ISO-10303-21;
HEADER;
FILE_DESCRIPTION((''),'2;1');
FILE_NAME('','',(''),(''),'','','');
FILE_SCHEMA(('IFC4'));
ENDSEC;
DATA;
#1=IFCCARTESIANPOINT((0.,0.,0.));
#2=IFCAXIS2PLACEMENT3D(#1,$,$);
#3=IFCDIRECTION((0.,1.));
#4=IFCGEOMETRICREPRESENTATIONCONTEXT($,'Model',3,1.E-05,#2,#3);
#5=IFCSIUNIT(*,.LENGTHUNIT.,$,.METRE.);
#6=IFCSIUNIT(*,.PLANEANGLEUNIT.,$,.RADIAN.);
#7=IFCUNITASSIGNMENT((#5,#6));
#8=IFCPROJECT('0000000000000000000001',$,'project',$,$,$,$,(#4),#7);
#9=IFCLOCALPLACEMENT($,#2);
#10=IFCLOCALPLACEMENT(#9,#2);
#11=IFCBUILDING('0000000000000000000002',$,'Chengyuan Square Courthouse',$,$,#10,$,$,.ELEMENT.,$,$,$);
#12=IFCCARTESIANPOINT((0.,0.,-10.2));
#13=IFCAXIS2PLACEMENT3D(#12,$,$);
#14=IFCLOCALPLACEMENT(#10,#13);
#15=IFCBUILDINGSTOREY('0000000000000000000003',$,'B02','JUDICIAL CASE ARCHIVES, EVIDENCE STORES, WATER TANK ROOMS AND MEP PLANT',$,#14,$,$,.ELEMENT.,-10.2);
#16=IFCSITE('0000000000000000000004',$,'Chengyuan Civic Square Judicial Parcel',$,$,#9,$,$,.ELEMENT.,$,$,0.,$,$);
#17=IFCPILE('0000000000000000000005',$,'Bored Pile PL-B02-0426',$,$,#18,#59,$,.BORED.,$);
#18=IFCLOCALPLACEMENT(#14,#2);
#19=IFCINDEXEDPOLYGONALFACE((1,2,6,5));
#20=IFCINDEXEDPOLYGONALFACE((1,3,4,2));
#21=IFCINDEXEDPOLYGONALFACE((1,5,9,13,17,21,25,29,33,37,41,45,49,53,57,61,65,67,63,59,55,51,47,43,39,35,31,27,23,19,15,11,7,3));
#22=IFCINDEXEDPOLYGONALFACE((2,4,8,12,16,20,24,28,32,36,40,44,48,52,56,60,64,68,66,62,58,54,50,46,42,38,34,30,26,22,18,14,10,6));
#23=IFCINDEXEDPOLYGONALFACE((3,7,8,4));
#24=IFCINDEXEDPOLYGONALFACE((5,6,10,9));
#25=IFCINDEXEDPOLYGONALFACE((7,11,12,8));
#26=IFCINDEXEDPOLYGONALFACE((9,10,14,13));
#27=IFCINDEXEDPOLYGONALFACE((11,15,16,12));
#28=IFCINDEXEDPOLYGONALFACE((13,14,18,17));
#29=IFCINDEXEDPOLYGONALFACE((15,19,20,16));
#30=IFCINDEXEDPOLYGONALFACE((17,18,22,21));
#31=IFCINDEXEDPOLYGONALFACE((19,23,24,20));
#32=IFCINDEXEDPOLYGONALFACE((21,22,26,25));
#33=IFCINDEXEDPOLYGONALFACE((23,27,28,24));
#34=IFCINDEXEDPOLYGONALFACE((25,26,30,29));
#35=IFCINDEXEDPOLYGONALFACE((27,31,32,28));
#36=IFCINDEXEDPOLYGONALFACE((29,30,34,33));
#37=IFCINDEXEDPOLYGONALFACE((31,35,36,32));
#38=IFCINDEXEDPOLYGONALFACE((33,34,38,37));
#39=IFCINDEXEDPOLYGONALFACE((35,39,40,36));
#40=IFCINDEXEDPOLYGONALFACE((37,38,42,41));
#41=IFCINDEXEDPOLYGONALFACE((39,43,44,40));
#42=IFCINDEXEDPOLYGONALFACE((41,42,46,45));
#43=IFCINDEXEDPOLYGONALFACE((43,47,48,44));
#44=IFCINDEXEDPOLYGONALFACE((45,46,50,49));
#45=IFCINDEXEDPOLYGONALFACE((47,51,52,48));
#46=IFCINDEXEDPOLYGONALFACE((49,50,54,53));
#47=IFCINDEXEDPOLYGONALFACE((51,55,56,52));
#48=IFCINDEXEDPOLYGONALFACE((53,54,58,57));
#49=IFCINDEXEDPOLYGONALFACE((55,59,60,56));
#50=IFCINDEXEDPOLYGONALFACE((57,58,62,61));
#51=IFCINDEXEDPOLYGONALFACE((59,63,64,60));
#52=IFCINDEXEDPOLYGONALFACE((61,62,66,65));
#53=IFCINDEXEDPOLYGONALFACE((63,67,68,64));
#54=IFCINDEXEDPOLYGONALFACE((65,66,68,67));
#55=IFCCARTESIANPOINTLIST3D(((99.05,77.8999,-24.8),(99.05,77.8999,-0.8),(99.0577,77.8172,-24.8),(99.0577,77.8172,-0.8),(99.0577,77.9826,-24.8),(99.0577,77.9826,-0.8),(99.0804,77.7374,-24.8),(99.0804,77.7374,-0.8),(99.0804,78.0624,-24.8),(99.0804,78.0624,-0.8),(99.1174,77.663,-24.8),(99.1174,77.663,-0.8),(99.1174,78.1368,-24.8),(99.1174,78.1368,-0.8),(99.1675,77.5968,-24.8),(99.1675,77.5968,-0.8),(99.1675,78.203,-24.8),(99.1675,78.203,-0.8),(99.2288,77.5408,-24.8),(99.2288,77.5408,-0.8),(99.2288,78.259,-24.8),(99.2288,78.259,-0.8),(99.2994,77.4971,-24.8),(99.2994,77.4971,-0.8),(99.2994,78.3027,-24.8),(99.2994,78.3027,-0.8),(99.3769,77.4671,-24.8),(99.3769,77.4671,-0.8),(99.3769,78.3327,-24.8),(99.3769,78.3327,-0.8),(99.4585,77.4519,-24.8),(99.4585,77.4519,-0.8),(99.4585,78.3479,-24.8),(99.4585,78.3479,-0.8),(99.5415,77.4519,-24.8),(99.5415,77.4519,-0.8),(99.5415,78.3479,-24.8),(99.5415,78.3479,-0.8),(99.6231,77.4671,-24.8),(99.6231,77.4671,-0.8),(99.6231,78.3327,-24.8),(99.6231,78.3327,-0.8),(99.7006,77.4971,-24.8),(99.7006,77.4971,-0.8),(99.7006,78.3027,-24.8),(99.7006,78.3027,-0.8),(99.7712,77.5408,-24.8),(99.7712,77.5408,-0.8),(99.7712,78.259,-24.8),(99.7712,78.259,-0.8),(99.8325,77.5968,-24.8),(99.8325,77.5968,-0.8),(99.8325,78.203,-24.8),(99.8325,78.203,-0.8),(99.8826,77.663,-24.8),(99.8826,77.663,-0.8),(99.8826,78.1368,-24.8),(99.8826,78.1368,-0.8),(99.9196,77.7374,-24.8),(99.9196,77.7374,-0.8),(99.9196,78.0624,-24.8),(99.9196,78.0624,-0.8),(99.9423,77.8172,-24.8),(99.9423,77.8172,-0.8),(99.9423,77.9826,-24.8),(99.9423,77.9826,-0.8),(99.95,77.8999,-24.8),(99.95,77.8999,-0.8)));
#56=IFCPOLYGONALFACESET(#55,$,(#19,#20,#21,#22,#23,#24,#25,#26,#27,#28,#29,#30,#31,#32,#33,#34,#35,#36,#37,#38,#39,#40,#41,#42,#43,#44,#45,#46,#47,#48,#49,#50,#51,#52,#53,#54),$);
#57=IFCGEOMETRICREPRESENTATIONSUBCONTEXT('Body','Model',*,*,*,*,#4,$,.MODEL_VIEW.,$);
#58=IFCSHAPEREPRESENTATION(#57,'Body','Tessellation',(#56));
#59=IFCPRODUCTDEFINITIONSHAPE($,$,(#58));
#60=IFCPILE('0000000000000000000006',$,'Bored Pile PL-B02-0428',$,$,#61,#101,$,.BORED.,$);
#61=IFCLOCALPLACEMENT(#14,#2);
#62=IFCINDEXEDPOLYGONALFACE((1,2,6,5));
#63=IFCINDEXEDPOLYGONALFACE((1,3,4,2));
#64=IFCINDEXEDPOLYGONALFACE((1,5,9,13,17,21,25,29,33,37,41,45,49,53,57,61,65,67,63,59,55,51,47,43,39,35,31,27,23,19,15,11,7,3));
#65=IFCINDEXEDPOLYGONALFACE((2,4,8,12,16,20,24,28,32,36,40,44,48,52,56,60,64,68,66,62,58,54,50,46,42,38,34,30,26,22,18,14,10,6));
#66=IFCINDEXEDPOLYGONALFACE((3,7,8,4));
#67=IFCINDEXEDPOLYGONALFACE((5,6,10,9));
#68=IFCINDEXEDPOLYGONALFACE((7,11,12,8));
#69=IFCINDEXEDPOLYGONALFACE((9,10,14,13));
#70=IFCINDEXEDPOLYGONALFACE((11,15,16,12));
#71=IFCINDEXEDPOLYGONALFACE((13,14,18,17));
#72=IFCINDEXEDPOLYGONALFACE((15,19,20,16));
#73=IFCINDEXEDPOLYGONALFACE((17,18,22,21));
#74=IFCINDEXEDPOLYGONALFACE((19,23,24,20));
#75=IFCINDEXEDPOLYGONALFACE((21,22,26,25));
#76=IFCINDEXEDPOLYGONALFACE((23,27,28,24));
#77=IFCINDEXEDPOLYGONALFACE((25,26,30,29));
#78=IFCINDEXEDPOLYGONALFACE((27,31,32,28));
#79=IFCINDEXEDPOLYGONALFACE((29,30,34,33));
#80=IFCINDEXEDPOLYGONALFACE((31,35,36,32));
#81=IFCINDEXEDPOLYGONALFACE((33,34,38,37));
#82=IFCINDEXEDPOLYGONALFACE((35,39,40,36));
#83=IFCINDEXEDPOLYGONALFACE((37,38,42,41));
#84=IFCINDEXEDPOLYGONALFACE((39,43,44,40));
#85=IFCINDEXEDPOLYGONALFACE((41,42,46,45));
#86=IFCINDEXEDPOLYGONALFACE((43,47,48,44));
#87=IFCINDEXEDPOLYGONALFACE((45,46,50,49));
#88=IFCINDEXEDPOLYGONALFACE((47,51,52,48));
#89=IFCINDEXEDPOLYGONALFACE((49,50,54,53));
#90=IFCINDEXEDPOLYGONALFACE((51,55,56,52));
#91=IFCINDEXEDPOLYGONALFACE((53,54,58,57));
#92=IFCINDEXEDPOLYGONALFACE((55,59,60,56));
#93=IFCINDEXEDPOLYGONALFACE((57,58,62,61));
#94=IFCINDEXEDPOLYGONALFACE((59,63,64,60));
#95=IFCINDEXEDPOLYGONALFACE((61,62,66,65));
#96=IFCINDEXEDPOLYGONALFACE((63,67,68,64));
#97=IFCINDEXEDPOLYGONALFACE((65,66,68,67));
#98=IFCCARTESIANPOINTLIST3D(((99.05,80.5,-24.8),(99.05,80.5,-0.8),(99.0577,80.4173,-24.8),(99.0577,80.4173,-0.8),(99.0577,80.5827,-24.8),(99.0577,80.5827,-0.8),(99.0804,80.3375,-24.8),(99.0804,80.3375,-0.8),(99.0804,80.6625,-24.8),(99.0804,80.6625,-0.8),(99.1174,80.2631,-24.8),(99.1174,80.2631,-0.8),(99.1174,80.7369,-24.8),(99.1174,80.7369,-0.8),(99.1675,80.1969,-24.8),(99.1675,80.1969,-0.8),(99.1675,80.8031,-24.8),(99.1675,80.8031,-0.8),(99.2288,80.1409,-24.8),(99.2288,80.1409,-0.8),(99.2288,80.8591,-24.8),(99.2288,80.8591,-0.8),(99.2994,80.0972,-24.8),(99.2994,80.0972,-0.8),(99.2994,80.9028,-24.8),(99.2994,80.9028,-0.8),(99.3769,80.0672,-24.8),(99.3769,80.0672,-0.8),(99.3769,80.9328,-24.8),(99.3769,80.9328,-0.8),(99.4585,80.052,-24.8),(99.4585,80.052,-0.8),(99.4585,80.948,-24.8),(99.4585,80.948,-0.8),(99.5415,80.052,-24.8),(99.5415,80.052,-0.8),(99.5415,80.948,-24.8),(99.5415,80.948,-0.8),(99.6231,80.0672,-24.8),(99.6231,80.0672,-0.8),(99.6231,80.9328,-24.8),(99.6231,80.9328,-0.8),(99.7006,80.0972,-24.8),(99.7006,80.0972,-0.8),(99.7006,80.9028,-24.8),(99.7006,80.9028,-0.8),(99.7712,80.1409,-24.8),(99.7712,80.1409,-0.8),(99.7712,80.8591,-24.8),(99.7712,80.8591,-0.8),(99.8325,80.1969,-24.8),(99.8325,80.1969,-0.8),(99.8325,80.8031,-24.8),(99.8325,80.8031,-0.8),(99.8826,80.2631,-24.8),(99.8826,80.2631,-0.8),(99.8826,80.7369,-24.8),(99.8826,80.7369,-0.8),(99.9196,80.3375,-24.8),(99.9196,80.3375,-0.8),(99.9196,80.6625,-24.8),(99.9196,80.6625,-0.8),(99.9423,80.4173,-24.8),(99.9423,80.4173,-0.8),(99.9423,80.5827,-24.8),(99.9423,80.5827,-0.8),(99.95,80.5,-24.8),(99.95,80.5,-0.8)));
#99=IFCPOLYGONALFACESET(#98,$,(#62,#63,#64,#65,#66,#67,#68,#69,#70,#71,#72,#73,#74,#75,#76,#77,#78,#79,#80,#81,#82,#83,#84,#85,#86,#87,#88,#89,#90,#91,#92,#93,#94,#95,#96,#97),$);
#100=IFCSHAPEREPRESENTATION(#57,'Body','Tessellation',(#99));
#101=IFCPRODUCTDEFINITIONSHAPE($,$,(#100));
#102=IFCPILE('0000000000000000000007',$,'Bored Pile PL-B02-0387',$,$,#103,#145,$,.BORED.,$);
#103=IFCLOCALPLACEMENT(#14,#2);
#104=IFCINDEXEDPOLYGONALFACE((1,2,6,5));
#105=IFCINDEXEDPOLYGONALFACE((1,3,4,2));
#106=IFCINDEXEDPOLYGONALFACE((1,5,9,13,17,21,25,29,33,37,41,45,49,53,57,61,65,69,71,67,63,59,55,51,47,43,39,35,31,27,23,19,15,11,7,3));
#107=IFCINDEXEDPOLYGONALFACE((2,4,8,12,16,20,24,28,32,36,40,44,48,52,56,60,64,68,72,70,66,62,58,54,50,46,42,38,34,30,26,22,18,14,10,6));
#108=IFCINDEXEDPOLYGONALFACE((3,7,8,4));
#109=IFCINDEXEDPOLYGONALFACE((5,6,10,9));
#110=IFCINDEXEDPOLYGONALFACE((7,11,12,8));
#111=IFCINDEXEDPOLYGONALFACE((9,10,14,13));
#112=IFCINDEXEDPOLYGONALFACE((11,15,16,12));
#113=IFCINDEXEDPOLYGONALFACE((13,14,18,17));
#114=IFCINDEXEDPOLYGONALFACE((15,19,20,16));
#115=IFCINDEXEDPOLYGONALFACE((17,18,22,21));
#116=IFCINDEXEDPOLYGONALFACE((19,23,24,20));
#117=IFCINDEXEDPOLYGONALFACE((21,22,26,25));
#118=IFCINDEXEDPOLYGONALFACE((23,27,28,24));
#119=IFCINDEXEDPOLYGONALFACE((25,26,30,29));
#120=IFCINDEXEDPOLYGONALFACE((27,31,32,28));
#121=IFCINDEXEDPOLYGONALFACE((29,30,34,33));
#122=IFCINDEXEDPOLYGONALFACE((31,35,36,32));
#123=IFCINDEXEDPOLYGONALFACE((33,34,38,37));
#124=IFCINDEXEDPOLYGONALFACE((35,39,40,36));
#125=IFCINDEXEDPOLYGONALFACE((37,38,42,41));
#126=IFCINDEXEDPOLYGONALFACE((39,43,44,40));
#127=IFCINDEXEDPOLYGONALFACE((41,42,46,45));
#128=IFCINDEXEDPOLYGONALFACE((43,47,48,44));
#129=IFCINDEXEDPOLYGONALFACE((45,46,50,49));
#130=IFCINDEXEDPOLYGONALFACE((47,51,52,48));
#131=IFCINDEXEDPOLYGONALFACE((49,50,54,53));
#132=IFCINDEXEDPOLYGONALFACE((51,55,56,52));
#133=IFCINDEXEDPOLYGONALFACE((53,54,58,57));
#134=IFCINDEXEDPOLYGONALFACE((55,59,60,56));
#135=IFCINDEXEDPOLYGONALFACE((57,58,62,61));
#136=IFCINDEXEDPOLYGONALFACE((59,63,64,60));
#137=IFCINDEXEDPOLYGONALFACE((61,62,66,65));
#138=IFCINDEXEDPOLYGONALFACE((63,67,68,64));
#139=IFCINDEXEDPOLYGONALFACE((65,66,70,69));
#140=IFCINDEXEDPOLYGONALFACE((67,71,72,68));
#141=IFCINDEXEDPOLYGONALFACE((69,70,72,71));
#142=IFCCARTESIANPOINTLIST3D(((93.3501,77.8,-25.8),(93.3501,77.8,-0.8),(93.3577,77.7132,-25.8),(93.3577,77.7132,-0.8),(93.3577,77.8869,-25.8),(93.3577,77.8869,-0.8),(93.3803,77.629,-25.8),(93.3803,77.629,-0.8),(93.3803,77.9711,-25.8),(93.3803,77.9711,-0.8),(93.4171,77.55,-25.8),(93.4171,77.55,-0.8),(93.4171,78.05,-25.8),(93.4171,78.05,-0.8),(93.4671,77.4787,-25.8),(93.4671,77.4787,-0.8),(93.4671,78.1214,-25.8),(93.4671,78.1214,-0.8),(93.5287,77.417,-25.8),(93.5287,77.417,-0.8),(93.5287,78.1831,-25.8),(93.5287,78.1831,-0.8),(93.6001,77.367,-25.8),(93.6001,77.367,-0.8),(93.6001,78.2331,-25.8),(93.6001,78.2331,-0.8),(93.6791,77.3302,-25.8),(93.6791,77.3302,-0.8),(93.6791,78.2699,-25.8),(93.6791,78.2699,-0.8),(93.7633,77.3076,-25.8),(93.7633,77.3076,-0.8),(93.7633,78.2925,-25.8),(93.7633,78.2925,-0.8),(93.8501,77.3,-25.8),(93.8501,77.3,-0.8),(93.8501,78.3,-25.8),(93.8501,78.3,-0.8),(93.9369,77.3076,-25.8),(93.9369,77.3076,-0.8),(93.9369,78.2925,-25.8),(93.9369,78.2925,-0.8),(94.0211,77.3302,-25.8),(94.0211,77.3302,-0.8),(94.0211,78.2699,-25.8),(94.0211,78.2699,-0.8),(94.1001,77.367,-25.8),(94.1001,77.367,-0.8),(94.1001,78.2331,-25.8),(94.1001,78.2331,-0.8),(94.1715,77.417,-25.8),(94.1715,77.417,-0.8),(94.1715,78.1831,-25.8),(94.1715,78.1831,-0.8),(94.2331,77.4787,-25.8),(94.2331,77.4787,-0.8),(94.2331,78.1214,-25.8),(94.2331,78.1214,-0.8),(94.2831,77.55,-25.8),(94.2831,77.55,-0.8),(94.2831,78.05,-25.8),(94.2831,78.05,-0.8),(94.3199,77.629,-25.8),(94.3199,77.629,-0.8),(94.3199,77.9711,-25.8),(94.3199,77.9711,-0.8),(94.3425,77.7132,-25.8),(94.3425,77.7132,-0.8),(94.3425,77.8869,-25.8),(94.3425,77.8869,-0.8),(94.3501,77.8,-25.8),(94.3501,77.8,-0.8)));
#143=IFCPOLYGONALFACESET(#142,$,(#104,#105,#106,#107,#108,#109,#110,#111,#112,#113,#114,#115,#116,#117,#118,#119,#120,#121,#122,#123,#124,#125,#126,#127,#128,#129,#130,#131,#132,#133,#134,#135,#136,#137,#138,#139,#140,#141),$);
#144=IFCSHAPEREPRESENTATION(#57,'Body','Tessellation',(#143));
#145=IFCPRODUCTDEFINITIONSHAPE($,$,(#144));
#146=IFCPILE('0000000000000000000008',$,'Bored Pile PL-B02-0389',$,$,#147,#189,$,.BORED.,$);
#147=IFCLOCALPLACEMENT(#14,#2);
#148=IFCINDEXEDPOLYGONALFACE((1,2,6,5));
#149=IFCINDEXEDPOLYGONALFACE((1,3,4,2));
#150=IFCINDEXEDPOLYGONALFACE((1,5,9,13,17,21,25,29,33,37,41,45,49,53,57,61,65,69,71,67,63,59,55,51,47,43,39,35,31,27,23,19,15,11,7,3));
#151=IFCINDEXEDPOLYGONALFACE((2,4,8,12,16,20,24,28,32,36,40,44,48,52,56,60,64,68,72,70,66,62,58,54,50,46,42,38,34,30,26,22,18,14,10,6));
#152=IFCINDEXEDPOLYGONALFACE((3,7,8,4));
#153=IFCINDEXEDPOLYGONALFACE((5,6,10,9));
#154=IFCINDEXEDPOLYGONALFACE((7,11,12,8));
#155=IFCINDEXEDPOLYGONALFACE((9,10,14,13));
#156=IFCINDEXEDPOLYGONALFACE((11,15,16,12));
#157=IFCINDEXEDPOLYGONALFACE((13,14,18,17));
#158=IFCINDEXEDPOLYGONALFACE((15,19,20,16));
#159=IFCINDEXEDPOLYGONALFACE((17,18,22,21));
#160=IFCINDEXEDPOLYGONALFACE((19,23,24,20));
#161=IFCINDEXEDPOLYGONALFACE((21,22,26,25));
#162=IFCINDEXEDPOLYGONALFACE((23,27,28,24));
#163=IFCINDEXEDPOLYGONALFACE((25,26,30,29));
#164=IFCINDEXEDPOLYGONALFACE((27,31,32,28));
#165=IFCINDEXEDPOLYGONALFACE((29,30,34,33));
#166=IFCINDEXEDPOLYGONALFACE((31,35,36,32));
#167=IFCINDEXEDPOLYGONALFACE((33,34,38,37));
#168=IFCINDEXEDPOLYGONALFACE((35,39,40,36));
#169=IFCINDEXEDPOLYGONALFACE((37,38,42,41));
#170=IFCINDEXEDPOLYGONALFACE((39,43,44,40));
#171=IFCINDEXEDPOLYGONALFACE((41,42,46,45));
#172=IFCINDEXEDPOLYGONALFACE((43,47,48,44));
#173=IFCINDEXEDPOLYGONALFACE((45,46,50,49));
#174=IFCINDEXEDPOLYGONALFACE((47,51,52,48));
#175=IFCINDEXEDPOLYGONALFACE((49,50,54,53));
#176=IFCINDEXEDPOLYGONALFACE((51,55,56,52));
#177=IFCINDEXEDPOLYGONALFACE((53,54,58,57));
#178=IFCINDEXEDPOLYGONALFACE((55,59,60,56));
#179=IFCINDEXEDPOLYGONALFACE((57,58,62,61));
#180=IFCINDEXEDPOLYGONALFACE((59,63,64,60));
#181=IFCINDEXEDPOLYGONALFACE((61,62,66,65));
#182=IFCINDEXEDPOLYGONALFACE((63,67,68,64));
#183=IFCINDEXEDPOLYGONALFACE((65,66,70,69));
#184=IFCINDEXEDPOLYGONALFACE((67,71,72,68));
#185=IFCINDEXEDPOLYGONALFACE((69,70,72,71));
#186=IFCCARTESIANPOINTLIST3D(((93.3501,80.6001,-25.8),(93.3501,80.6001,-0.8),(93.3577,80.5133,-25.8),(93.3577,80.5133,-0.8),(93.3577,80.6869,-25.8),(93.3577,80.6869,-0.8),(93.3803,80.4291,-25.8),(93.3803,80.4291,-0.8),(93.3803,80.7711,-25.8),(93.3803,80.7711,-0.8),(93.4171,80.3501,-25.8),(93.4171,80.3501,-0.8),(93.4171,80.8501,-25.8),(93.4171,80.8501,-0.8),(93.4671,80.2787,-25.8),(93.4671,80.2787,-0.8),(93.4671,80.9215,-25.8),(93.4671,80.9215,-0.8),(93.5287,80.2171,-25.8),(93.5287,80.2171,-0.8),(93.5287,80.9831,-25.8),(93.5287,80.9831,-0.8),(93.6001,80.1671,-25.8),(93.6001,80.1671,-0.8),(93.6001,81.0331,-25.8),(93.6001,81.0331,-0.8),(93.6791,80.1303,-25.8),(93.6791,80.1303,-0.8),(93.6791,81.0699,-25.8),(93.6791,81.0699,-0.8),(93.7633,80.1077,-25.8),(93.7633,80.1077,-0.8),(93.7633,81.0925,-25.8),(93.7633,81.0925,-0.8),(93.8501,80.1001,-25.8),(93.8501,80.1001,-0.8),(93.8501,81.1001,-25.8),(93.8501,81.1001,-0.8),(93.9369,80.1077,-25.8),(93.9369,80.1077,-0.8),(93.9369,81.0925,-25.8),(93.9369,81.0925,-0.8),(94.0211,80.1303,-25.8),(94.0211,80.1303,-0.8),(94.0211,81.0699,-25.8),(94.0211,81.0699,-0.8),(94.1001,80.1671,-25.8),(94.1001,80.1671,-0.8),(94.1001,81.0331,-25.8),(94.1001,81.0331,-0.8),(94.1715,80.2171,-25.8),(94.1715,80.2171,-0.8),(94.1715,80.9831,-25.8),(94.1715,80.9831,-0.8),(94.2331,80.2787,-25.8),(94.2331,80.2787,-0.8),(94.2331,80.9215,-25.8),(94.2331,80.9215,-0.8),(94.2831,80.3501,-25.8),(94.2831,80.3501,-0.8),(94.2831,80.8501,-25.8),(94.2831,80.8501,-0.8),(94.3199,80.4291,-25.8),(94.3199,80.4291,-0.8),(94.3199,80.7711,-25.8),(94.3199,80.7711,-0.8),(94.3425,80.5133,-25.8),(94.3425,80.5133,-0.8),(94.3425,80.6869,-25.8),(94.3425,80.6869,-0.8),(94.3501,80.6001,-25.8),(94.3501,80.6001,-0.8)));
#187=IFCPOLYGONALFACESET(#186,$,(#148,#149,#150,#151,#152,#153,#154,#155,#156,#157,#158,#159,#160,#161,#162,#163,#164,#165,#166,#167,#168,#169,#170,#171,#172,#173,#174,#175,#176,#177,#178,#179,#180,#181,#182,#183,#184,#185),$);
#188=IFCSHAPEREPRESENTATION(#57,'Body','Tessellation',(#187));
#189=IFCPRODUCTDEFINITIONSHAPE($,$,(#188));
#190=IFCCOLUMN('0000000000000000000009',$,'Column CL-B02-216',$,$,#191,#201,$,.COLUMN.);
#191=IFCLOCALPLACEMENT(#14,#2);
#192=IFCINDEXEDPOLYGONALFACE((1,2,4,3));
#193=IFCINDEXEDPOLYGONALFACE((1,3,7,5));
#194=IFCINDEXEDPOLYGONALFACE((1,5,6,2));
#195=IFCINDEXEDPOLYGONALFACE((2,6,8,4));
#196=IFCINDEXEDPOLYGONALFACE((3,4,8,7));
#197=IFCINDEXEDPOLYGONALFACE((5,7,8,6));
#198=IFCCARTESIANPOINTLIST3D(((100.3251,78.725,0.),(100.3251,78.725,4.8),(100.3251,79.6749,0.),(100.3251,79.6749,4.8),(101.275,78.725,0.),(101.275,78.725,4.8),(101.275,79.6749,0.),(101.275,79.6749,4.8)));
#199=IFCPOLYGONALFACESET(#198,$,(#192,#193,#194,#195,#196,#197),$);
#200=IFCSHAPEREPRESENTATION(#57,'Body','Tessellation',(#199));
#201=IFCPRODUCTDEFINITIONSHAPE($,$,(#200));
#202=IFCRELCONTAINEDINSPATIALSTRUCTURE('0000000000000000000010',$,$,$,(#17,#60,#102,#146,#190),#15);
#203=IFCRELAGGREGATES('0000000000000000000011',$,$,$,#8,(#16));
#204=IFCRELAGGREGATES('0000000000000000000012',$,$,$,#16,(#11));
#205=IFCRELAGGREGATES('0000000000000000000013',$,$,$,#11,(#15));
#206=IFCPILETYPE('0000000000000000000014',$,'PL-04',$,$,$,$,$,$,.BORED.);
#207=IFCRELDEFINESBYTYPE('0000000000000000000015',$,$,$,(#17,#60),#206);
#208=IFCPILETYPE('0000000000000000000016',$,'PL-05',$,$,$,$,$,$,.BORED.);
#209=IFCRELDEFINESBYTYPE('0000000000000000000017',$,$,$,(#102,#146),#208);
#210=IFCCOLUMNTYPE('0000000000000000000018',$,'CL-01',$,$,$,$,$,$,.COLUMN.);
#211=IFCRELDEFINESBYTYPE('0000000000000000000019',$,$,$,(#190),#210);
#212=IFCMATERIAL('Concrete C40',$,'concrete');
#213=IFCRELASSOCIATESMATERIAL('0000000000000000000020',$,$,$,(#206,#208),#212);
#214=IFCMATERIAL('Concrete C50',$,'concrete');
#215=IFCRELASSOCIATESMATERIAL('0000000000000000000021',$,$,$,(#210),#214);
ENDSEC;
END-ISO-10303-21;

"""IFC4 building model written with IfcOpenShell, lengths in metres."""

from ifc_helpers import new_model, si_unit, direction, frame, origin, origin_2d, place, context, subcontext, project, spatial, rectangle, circle, extrude, material, material_profile, profile_set, type_object, element, save


model = new_model("IFC4")

# Units and contexts
model_context = context("Model", 3, precision=1e-05, world=origin(), true_north=direction((0.0, 1.0)))
body_context = subcontext(model_context, "Body", "Model", "MODEL_VIEW")
ifc_project = project(units=[si_unit("LENGTHUNIT", "METRE"), si_unit("PLANEANGLEUNIT", "RADIAN")], contexts=[model_context])

# Site, building, storey
site_placement = place(None, origin())
site = spatial("IfcSite", under=ifc_project, at=site_placement, Name="Chengyuan Civic Square Judicial Parcel", CompositionType="ELEMENT", RefElevation=0.0)
building_placement = place(site_placement, origin())
building = spatial("IfcBuilding", under=site, at=building_placement, Name="Chengyuan Square Courthouse", CompositionType="ELEMENT")
storey_placement = place(building_placement, frame((0.0, 0.0, -10.2)))
storey = spatial("IfcBuildingStorey", under=building, at=storey_placement, Name="B02", Description="JUDICIAL CASE ARCHIVES, EVIDENCE STORES, WATER TANK ROOMS AND MEP PLANT", CompositionType="ELEMENT", Elevation=-10.2)

# Shared definitions
ifc_material_1 = material(Name="Concrete C40", Category="concrete")

# Piles
ifc_material_profile_1 = material_profile(ifc_material_1, circle(Radius=0.45, at=origin_2d()), Name="BORED PILE D900")
ifc_profile_set_1 = profile_set([ifc_material_profile_1], Name="Concrete C40")
pile_type_1 = type_object("IfcPileType", Name="PL-04", PredefinedType="BORED", material=ifc_profile_set_1)
for number, where, z_axis, x_axis, name in (
    (1, (99.5, 77.8999, -0.8), (0.0, 0.0, -1.0), (1.0, 0.0, 0.0), "Bored Pile PL-B02-0426"),
    (2, (99.5, 80.5, -0.8), (0.0, 0.0, -1.0), (1.0, 0.0, 0.0), "Bored Pile PL-B02-0428"),
):
    element("IfcPile", number, at=place(storey_placement, frame(where, z_axis=z_axis, x_axis=x_axis)), inside=storey, type_object=pile_type_1, Name=name, PredefinedType="BORED", context=body_context, shape_type="SweptSolid", body=[
        extrude(circle(Radius=0.45, at=origin_2d()), origin(), (0.0, 0.0, 1.0), 24.0),
    ])
ifc_material_profile_2 = material_profile(ifc_material_1, circle(Radius=0.5, at=origin_2d()), Name="BORED PILE D1000")
ifc_profile_set_2 = profile_set([ifc_material_profile_2], Name="Concrete C40")
pile_type_2 = type_object("IfcPileType", Name="PL-05", PredefinedType="BORED", material=ifc_profile_set_2)
for number, where, z_axis, x_axis, name in (
    (3, (93.8501, 77.8, -0.8), (0.0, 0.0, -1.0), (1.0, 0.0, 0.0), "Bored Pile PL-B02-0387"),
    (4, (93.8501, 80.6001, -0.8), (0.0, 0.0, -1.0), (1.0, 0.0, 0.0), "Bored Pile PL-B02-0389"),
):
    element("IfcPile", number, at=place(storey_placement, frame(where, z_axis=z_axis, x_axis=x_axis)), inside=storey, type_object=pile_type_2, Name=name, PredefinedType="BORED", context=body_context, shape_type="SweptSolid", body=[
        extrude(circle(Radius=0.5, at=origin_2d()), origin(), (0.0, 0.0, 1.0), 25.0),
    ])

# Column
ifc_material_2 = material(Name="Concrete C50", Category="concrete")
ifc_material_profile_3 = material_profile(ifc_material_2, rectangle(XDim=0.95, YDim=0.95, at=origin_2d()), Name="RC-COL-950x950")
ifc_profile_set_3 = profile_set([ifc_material_profile_3], Name="Concrete C50")
column_type_1 = type_object("IfcColumnType", Name="CL-01", PredefinedType="COLUMN", material=ifc_profile_set_3)
column_1_placement = place(storey_placement, frame((100.8, 79.2, 0.0), z_axis=(0.0, 0.0, 1.0), x_axis=(1.0, 0.0, 0.0)))
element("IfcColumn", 5, at=column_1_placement, inside=storey, type_object=column_type_1, Name="Column CL-B02-216", PredefinedType="COLUMN", context=body_context, shape_type="SweptSolid", body=[
    extrude(rectangle(XDim=0.95, YDim=0.95, at=origin_2d()), origin(), (0.0, 0.0, 1.0), 4.8),
])

save(model, "model.ifc")
